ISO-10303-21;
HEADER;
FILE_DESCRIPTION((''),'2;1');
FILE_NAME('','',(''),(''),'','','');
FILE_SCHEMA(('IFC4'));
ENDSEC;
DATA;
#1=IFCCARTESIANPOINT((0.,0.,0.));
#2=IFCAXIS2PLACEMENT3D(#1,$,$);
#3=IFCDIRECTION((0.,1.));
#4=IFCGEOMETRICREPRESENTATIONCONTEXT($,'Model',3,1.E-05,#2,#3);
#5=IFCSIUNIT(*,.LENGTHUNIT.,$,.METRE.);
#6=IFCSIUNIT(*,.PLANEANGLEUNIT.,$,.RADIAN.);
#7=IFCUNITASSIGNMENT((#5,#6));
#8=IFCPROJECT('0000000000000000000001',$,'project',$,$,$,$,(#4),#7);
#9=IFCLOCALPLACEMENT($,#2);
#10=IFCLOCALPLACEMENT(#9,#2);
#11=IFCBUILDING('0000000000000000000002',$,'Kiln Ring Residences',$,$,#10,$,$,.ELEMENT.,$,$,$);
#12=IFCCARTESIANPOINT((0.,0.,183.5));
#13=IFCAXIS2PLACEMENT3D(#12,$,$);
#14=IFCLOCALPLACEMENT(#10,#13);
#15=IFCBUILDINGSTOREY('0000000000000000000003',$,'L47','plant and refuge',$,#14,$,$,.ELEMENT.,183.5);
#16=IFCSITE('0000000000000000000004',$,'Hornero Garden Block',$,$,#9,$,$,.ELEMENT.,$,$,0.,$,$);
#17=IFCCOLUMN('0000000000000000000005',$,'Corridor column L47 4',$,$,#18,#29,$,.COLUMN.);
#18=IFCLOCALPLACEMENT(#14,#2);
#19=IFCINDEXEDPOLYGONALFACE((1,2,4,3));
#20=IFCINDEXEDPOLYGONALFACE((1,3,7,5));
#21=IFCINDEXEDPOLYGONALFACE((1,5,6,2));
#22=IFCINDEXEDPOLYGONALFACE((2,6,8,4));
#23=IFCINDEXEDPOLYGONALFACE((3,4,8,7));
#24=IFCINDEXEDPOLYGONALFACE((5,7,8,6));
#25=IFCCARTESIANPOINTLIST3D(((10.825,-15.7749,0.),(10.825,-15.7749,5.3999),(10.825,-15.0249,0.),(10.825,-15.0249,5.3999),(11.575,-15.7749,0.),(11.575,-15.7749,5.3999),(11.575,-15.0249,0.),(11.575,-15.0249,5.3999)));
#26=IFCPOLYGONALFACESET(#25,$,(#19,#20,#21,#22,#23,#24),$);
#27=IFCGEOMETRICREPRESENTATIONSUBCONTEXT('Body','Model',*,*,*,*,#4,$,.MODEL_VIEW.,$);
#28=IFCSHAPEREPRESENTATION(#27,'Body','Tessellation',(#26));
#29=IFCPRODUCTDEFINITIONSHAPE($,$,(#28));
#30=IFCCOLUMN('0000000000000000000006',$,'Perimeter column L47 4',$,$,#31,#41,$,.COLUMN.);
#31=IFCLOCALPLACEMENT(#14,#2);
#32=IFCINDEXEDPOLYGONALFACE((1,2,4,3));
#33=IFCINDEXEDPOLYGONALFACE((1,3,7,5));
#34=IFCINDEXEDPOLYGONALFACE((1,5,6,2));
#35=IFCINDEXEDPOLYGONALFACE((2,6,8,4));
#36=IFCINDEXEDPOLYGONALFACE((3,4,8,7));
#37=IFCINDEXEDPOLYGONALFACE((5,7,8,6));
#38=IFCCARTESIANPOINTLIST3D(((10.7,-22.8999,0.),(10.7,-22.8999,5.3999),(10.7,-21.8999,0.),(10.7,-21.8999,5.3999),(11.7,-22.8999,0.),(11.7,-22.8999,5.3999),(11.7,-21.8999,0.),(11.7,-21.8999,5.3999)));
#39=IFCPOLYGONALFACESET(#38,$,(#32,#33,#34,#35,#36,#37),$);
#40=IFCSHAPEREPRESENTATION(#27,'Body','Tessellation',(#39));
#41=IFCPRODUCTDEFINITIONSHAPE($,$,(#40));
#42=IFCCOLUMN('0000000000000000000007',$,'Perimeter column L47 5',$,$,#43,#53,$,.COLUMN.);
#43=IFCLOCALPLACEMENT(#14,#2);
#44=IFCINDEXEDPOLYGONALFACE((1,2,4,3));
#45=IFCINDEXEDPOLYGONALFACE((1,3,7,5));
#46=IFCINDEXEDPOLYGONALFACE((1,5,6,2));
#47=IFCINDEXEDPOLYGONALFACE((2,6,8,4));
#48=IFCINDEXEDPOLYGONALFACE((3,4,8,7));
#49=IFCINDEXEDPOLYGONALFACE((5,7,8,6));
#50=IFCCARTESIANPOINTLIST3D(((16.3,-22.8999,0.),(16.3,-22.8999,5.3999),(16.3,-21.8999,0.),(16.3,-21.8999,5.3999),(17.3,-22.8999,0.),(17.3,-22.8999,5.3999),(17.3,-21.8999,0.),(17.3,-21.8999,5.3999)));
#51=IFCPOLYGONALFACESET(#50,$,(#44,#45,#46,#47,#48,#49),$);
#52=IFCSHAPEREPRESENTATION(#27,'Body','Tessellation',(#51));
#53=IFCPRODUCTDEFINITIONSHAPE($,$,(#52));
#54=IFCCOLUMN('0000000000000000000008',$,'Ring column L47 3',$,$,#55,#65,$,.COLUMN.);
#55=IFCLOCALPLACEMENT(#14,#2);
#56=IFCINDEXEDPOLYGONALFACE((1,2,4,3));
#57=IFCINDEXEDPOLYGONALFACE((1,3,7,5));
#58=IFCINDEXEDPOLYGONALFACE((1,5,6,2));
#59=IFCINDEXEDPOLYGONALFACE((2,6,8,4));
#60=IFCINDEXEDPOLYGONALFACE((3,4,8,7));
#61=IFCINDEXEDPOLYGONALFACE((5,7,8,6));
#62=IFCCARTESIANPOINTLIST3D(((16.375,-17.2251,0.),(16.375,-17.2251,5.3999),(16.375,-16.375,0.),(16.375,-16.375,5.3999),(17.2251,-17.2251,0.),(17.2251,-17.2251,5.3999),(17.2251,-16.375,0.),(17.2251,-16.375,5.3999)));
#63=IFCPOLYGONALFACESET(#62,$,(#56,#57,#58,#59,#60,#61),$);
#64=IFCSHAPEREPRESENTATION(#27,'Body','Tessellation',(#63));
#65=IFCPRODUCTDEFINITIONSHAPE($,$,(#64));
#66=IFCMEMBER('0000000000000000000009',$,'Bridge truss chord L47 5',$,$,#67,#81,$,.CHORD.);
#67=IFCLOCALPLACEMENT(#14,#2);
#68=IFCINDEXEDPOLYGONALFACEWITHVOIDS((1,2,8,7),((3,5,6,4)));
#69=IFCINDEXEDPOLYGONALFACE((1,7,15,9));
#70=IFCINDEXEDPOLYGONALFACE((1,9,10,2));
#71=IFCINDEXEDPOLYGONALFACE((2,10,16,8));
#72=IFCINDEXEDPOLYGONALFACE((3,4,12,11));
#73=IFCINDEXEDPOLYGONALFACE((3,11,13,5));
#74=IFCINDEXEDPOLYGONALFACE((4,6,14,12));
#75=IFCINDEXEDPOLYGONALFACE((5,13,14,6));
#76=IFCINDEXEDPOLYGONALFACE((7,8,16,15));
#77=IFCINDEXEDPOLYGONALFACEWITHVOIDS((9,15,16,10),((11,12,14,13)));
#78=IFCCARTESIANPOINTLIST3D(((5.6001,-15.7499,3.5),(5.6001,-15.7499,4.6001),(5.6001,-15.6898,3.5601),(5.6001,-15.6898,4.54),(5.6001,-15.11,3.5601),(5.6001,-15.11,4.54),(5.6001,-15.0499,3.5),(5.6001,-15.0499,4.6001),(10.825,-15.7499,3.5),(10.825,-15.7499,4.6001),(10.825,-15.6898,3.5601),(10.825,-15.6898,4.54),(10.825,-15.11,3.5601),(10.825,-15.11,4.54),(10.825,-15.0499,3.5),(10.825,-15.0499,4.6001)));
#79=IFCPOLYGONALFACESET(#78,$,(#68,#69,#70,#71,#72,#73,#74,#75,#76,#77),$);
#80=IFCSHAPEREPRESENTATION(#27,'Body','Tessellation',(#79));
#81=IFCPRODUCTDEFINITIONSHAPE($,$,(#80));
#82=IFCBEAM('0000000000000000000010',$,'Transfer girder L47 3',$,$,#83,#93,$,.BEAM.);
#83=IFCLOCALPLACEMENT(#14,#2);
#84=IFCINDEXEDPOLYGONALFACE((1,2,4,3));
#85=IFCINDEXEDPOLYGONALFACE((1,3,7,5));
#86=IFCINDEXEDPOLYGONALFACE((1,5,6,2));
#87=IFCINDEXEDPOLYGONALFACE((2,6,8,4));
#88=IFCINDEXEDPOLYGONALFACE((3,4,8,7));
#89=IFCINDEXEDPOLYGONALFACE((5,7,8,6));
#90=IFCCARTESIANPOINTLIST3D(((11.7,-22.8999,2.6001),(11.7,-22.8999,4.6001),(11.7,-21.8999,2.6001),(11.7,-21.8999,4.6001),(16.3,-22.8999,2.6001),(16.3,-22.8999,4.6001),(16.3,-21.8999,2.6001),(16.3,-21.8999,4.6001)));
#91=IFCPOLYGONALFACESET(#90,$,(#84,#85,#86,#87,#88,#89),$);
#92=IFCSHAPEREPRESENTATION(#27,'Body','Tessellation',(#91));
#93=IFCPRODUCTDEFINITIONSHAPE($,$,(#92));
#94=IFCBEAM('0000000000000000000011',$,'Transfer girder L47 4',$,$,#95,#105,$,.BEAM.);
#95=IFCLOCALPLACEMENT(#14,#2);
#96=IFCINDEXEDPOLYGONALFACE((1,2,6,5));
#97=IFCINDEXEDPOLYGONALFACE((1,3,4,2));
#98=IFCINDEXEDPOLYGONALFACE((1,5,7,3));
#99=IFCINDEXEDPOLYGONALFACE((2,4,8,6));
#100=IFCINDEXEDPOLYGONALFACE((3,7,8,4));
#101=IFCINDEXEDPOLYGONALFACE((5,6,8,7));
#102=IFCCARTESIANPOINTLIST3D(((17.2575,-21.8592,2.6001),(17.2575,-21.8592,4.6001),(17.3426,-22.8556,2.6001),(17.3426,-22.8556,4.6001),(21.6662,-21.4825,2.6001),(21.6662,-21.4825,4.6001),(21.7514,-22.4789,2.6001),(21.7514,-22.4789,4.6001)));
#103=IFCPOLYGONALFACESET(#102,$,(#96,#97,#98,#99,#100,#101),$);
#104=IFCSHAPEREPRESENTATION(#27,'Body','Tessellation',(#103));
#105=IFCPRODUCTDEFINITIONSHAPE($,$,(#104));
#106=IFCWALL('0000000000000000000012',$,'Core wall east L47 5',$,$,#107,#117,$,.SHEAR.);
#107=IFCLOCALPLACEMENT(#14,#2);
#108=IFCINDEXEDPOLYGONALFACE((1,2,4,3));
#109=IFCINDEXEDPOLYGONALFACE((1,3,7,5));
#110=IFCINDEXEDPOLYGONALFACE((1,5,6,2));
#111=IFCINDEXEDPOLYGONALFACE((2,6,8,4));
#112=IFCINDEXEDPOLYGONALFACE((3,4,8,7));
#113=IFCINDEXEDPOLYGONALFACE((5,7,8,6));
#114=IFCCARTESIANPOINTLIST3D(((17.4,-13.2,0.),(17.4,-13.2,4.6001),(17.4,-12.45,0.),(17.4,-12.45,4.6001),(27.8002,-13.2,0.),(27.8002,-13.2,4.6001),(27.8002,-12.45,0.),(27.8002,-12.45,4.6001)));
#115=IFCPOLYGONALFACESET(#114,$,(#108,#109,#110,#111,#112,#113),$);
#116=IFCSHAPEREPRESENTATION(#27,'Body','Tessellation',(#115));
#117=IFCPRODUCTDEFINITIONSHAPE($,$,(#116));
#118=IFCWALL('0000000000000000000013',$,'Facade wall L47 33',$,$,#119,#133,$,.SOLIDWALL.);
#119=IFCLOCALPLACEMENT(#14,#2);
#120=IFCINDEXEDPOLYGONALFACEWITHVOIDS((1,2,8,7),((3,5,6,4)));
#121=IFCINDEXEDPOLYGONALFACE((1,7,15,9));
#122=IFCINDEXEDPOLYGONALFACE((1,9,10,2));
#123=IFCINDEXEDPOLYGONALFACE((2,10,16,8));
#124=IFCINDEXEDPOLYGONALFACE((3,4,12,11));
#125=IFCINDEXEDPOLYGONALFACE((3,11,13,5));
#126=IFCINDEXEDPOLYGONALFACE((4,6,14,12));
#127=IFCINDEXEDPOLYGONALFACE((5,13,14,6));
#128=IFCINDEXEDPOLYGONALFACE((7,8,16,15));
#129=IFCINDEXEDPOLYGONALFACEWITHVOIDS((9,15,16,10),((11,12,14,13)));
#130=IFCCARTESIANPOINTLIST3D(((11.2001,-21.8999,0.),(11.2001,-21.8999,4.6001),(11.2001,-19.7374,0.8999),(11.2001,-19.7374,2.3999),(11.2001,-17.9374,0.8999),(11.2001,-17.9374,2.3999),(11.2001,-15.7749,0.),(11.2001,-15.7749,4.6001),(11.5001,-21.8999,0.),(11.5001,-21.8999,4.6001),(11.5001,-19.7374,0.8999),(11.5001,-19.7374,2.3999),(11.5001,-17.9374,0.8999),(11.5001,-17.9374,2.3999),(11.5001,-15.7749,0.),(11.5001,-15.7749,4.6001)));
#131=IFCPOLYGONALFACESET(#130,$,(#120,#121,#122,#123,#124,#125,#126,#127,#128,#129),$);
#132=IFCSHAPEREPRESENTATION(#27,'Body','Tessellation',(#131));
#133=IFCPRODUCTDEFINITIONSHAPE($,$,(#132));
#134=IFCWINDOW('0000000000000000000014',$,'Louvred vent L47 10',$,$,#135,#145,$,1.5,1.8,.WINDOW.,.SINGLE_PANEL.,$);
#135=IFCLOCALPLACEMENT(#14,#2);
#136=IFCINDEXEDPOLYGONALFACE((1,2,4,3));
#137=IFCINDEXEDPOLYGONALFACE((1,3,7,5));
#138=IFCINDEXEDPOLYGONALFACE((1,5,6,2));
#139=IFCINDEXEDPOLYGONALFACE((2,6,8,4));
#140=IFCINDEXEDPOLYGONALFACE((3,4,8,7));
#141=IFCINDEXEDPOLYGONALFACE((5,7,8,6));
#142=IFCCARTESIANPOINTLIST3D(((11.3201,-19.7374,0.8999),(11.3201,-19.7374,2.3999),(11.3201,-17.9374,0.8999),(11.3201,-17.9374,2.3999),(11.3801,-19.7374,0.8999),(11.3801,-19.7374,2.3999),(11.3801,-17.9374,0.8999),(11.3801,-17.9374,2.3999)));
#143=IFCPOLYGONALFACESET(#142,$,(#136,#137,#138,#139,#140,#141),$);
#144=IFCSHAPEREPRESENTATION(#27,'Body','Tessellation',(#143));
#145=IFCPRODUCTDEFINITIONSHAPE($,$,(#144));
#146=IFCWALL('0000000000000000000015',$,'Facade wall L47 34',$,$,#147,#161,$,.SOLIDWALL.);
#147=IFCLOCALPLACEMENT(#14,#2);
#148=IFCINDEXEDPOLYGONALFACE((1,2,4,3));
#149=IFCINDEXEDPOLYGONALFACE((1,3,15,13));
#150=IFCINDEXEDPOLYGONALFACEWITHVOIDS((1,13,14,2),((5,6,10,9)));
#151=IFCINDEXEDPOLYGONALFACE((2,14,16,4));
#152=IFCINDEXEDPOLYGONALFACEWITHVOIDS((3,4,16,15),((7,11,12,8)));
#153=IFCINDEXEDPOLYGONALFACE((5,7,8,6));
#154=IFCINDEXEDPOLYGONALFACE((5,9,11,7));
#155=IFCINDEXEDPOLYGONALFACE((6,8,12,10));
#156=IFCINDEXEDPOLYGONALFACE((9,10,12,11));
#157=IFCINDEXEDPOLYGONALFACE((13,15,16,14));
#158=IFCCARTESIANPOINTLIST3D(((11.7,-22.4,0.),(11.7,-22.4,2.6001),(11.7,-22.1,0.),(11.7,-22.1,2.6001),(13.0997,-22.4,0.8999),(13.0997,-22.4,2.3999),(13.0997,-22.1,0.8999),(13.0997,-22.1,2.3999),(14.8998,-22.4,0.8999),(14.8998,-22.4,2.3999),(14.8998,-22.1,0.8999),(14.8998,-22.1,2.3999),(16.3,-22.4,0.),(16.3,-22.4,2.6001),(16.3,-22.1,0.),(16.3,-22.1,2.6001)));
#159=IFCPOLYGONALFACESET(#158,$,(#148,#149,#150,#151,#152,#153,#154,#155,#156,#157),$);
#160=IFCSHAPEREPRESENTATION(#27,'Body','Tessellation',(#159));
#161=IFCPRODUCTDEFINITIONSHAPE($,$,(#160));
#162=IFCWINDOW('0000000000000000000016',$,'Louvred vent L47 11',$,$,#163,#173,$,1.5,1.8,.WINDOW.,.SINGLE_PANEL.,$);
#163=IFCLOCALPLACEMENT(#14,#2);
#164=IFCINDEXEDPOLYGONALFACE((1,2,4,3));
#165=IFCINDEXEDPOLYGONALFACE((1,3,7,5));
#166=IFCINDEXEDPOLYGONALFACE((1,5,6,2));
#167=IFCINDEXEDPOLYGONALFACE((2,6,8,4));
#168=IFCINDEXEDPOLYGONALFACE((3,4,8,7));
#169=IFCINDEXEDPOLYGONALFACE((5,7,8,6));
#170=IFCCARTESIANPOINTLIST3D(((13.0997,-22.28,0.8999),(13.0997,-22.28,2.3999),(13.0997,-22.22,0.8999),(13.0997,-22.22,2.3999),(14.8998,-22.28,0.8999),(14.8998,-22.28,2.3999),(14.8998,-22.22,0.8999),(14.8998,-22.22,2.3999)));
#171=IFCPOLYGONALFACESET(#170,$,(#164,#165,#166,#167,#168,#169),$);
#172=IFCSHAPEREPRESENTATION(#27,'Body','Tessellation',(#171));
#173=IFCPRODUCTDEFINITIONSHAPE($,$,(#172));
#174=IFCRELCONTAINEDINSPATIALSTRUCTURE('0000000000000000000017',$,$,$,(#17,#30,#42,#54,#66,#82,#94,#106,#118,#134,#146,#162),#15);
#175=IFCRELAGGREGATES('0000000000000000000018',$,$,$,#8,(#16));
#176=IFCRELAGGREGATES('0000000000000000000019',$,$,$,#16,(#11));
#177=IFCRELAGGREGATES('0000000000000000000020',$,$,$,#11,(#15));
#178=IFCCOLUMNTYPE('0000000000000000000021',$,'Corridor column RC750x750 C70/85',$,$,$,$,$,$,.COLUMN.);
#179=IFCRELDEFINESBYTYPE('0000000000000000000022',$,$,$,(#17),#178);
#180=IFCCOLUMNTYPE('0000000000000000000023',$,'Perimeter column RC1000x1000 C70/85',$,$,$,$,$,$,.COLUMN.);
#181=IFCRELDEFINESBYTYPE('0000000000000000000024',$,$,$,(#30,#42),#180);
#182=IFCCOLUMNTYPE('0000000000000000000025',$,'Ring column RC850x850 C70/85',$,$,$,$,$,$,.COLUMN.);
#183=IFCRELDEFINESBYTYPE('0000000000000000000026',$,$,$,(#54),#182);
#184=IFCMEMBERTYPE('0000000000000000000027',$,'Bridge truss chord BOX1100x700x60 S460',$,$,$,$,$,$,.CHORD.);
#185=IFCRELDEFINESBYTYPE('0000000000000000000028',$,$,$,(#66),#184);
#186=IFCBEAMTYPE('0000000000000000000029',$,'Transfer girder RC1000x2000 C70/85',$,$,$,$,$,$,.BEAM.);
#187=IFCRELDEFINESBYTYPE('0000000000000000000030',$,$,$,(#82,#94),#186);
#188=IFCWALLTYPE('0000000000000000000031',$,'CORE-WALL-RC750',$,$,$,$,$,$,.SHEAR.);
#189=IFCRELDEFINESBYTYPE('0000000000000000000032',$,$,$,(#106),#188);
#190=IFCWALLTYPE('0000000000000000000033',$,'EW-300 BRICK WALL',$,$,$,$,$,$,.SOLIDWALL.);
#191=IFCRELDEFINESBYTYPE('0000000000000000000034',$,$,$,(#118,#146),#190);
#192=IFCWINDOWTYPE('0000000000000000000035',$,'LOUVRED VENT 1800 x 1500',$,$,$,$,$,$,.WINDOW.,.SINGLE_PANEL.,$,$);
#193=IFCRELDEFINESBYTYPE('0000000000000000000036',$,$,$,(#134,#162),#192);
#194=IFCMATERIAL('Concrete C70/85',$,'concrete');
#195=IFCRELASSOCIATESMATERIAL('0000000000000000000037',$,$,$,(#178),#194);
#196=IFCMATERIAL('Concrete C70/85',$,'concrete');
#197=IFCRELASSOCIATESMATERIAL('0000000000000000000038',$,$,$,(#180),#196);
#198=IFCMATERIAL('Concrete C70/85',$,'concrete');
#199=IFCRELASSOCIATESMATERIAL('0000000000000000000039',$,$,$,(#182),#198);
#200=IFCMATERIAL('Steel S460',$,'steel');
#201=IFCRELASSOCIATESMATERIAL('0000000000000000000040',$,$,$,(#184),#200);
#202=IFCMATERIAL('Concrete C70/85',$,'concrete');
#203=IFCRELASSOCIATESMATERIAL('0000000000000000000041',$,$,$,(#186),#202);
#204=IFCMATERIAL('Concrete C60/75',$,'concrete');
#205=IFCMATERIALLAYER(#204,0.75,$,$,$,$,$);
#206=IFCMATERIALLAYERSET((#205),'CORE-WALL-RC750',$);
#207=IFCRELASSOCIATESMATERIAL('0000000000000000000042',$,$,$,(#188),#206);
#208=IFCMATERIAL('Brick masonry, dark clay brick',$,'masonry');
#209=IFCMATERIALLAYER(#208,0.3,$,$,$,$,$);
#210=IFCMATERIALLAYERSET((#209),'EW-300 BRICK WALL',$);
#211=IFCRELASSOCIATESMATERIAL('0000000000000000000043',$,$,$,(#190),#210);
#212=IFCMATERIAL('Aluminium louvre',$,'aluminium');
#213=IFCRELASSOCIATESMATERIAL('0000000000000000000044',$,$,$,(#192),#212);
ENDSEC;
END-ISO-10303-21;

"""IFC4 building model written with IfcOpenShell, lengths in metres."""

from ifc_helpers import new_model, si_unit, direction, frame, frame_2d, origin, origin_2d, place, context, subcontext, project, spatial, rectangle, hollow_rectangle, extrude, material, layer, layer_set, material_profile, profile_set, type_object, element, fill, save


model = new_model("IFC4")

# Units and contexts
model_context = context("Model", 3, precision=1e-05, world=origin(), true_north=direction((0.0, 1.0)))
body_context = subcontext(model_context, "Body", "Model", "MODEL_VIEW")
ifc_project = project(units=[si_unit("LENGTHUNIT", "METRE"), si_unit("PLANEANGLEUNIT", "RADIAN")], contexts=[model_context])

# Site, building, storey
site_placement = place(None, origin())
site = spatial("IfcSite", under=ifc_project, at=site_placement, Name="Hornero Garden Block", CompositionType="ELEMENT", RefElevation=0.0)
building_placement = place(site_placement, origin())
building = spatial("IfcBuilding", under=site, at=building_placement, Name="Kiln Ring Residences", CompositionType="ELEMENT")
storey_placement = place(building_placement, frame((0.0, 0.0, 183.5)))
storey = spatial("IfcBuildingStorey", under=building, at=storey_placement, Name="L47", Description="plant and refuge", CompositionType="ELEMENT", Elevation=183.5)

# Columns
ifc_material_1 = material(Name="Concrete C70/85", Category="concrete")
ifc_material_profile_1 = material_profile(ifc_material_1, rectangle(XDim=0.75, YDim=0.75, at=origin_2d()), Name="RC750x750")
ifc_profile_set_1 = profile_set([ifc_material_profile_1], Name="Concrete C70/85")
column_type_1 = type_object("IfcColumnType", Name="Corridor column RC750x750 C70/85", PredefinedType="COLUMN", material=ifc_profile_set_1)
column_1_placement = place(storey_placement, frame((11.2, -15.3999, 0.0), z_axis=(0.0, 0.0, 1.0), x_axis=(1.0, 0.0, 0.0)))
element("IfcColumn", 1, at=column_1_placement, inside=storey, type_object=column_type_1, Name="Corridor column L47 4", PredefinedType="COLUMN", context=body_context, shape_type="SweptSolid", body=[
    extrude(rectangle(XDim=0.75, YDim=0.75, at=origin_2d()), origin(), (0.0, 0.0, 1.0), 5.3999),
])
ifc_material_2 = material(Name="Concrete C70/85", Category="concrete")
ifc_material_profile_2 = material_profile(ifc_material_2, rectangle(XDim=1.0, YDim=1.0, at=origin_2d()), Name="RC1000x1000")
ifc_profile_set_2 = profile_set([ifc_material_profile_2], Name="Concrete C70/85")
column_type_2 = type_object("IfcColumnType", Name="Perimeter column RC1000x1000 C70/85", PredefinedType="COLUMN", material=ifc_profile_set_2)
for number, where, z_axis, x_axis, name in (
    (2, (11.2, -22.3999, 0.0), (0.0, 0.0, 1.0), (1.0, 0.0, 0.0), "Perimeter column L47 4"),
    (3, (16.8, -22.3999, 0.0), (0.0, 0.0, 1.0), (1.0, 0.0, 0.0), "Perimeter column L47 5"),
):
    element("IfcColumn", number, at=place(storey_placement, frame(where, z_axis=z_axis, x_axis=x_axis)), inside=storey, type_object=column_type_2, Name=name, PredefinedType="COLUMN", context=body_context, shape_type="SweptSolid", body=[
        extrude(rectangle(XDim=1.0, YDim=1.0, at=origin_2d()), origin(), (0.0, 0.0, 1.0), 5.3999),
    ])
ifc_material_3 = material(Name="Concrete C70/85", Category="concrete")
ifc_material_profile_3 = material_profile(ifc_material_3, rectangle(XDim=0.8501, YDim=0.8501, at=origin_2d()), Name="RC850x850")
ifc_profile_set_3 = profile_set([ifc_material_profile_3], Name="Concrete C70/85")
column_type_3 = type_object("IfcColumnType", Name="Ring column RC850x850 C70/85", PredefinedType="COLUMN", material=ifc_profile_set_3)
column_2_placement = place(storey_placement, frame((16.8, -16.8, 0.0), z_axis=(0.0, 0.0, 1.0), x_axis=(1.0, 0.0, 0.0)))
element("IfcColumn", 4, at=column_2_placement, inside=storey, type_object=column_type_3, Name="Ring column L47 3", PredefinedType="COLUMN", context=body_context, shape_type="SweptSolid", body=[
    extrude(rectangle(XDim=0.8501, YDim=0.8501, at=origin_2d()), origin(), (0.0, 0.0, 1.0), 5.3999),
])

# Member
ifc_material_4 = material(Name="Steel S460", Category="steel")
ifc_material_profile_4 = material_profile(ifc_material_4, hollow_rectangle(XDim=0.7, YDim=1.1001, WallThickness=0.0601, at=origin_2d()), Name="BOX1100x700x60")
ifc_profile_set_4 = profile_set([ifc_material_profile_4], Name="Steel S460")
member_type = type_object("IfcMemberType", Name="Bridge truss chord BOX1100x700x60 S460", PredefinedType="CHORD", material=ifc_profile_set_4)
member_placement = place(storey_placement, frame((5.6001, -15.3999, 4.05), z_axis=(1.0, 0.0, 0.0), x_axis=(0.0, 1.0, 0.0)))
element("IfcMember", 5, at=member_placement, inside=storey, type_object=member_type, Name="Bridge truss chord L47 5", PredefinedType="CHORD", context=body_context, shape_type="SweptSolid", body=[
    extrude(hollow_rectangle(XDim=0.7, YDim=1.1001, WallThickness=0.0601, at=origin_2d()), origin(), (0.0, 0.0, 1.0), 5.2249),
])

# Beams
ifc_material_5 = material(Name="Concrete C70/85", Category="concrete")
ifc_material_profile_5 = material_profile(ifc_material_5, rectangle(XDim=1.0, YDim=2.0, at=origin_2d()), Name="RC1000x2000")
ifc_profile_set_5 = profile_set([ifc_material_profile_5], Name="Concrete C70/85")
beam_type = type_object("IfcBeamType", Name="Transfer girder RC1000x2000 C70/85", PredefinedType="BEAM", material=ifc_profile_set_5)
beam_1_placement = place(storey_placement, frame((11.7, -22.3999, 3.6001), z_axis=(1.0, 0.0, 0.0), x_axis=(0.0, 1.0, 0.0)))
element("IfcBeam", 6, at=beam_1_placement, inside=storey, type_object=beam_type, Name="Transfer girder L47 3", PredefinedType="BEAM", context=body_context, shape_type="SweptSolid", body=[
    extrude(rectangle(XDim=1.0, YDim=2.0, at=origin_2d()), origin(), (0.0, 0.0, 1.0), 4.6001),
])
beam_2_placement = place(storey_placement, frame((17.3, -22.3574, 3.6001), z_axis=(0.996369, 0.085137, 0.0), x_axis=(-0.085137, 0.996369, 0.0)))
element("IfcBeam", 7, at=beam_2_placement, inside=storey, type_object=beam_type, Name="Transfer girder L47 4", PredefinedType="BEAM", context=body_context, shape_type="SweptSolid", body=[
    extrude(rectangle(XDim=1.0, YDim=2.0, at=origin_2d()), origin(), (0.0, 0.0, 1.0), 4.4248),
])

# Wall
ifc_material_6 = material(Name="Concrete C60/75", Category="concrete")
ifc_layer_1 = layer(ifc_material_6, 0.75)
ifc_layer_set_1 = layer_set([ifc_layer_1], Name="CORE-WALL-RC750")
wall_type_1 = type_object("IfcWallType", Name="CORE-WALL-RC750", PredefinedType="SHEAR", material=ifc_layer_set_1)
wall_1_placement = place(storey_placement, frame((17.3999, -12.825, 0.0), z_axis=(0.0, 0.0, 1.0), x_axis=(1.0, 0.0, 0.0)))
element("IfcWall", 8, at=wall_1_placement, inside=storey, type_object=wall_type_1, Name="Core wall east L47 5", PredefinedType="SHEAR", context=body_context, shape_type="SweptSolid", body=[
    extrude(rectangle(XDim=10.4001, YDim=0.75, at=frame_2d((5.2002, 0.0))), origin(), (0.0, 0.0, 1.0), 4.6001),
])

# Walls, openings, windows
ifc_material_7 = material(Name="Brick masonry, dark clay brick", Category="masonry")
ifc_layer_2 = layer(ifc_material_7, 0.3)
ifc_layer_set_2 = layer_set([ifc_layer_2], Name="EW-300 BRICK WALL")
wall_type_2 = type_object("IfcWallType", Name="EW-300 BRICK WALL", PredefinedType="SOLIDWALL", material=ifc_layer_set_2)
wall_2_placement = place(storey_placement, frame((11.3501, -15.7749, 0.0), z_axis=(0.0, 0.0, 1.0), x_axis=(0.0, -1.0, 0.0)))
wall_2 = element("IfcWall", 9, at=wall_2_placement, inside=storey, type_object=wall_type_2, Name="Facade wall L47 33", PredefinedType="SOLIDWALL", context=body_context, shape_type="SweptSolid", body=[
    extrude(rectangle(XDim=6.125, YDim=0.3, at=frame_2d((3.0625, 0.0))), origin(), (0.0, 0.0, 1.0), 4.6001),
])
opening_1_placement = place(wall_2_placement, frame((2.1626, 0.0, 0.8999)))
opening_1 = element("IfcOpeningElement", 10, at=opening_1_placement, cuts=wall_2, PredefinedType="OPENING", context=body_context, shape_type="SweptSolid", body=[
    extrude(rectangle(XDim=1.8, YDim=1.5, at=frame_2d((0.8999, 0.75))), frame((0.0, 0.1599, 0.0), z_axis=(0.0, -1.0, 0.0), x_axis=(1.0, 0.0, 0.0)), (0.0, 0.0, 1.0), 0.3201),
])
ifc_material_8 = material(Name="Aluminium louvre", Category="aluminium")
window_type = type_object("IfcWindowType", Name="LOUVRED VENT 1800 x 1500", PartitioningType="SINGLE_PANEL", PredefinedType="WINDOW", material=ifc_material_8)
window_1_placement = place(opening_1_placement, origin())
window_1 = element("IfcWindow", 11, at=window_1_placement, inside=storey, type_object=window_type, Name="Louvred vent L47 10", OverallHeight=1.5, OverallWidth=1.8, PartitioningType="SINGLE_PANEL", PredefinedType="WINDOW", context=body_context, shape_type="SweptSolid", body=[
    extrude(rectangle(XDim=1.8, YDim=1.5, at=frame_2d((0.8999, 0.75))), frame((0.0, 0.03, 0.0), z_axis=(0.0, -1.0, 0.0), x_axis=(1.0, 0.0, 0.0)), (0.0, 0.0, 1.0), 0.0601),
])
fill(opening_1, window_1)
wall_3_placement = place(storey_placement, frame((11.7, -22.25, 0.0), z_axis=(0.0, 0.0, 1.0), x_axis=(1.0, 0.0, 0.0)))
wall_3 = element("IfcWall", 12, at=wall_3_placement, inside=storey, type_object=wall_type_2, Name="Facade wall L47 34", PredefinedType="SOLIDWALL", context=body_context, shape_type="SweptSolid", body=[
    extrude(rectangle(XDim=4.6001, YDim=0.3, at=frame_2d((2.3, 0.0))), origin(), (0.0, 0.0, 1.0), 2.6001),
])
opening_2_placement = place(wall_3_placement, frame((1.3999, 0.0, 0.8999)))
opening_2 = element("IfcOpeningElement", 13, at=opening_2_placement, cuts=wall_3, PredefinedType="OPENING", context=body_context, shape_type="SweptSolid", body=[
    extrude(rectangle(XDim=1.8, YDim=1.5, at=frame_2d((0.8999, 0.75))), frame((0.0, 0.1599, 0.0), z_axis=(0.0, -1.0, 0.0), x_axis=(1.0, 0.0, 0.0)), (0.0, 0.0, 1.0), 0.3201),
])
window_2_placement = place(opening_2_placement, origin())
window_2 = element("IfcWindow", 14, at=window_2_placement, inside=storey, type_object=window_type, Name="Louvred vent L47 11", OverallHeight=1.5, OverallWidth=1.8, PartitioningType="SINGLE_PANEL", PredefinedType="WINDOW", context=body_context, shape_type="SweptSolid", body=[
    extrude(rectangle(XDim=1.8, YDim=1.5, at=frame_2d((0.8999, 0.75))), frame((0.0, 0.03, 0.0), z_axis=(0.0, -1.0, 0.0), x_axis=(1.0, 0.0, 0.0)), (0.0, 0.0, 1.0), 0.0601),
])
fill(opening_2, window_2)

save(model, "model.ifc")
